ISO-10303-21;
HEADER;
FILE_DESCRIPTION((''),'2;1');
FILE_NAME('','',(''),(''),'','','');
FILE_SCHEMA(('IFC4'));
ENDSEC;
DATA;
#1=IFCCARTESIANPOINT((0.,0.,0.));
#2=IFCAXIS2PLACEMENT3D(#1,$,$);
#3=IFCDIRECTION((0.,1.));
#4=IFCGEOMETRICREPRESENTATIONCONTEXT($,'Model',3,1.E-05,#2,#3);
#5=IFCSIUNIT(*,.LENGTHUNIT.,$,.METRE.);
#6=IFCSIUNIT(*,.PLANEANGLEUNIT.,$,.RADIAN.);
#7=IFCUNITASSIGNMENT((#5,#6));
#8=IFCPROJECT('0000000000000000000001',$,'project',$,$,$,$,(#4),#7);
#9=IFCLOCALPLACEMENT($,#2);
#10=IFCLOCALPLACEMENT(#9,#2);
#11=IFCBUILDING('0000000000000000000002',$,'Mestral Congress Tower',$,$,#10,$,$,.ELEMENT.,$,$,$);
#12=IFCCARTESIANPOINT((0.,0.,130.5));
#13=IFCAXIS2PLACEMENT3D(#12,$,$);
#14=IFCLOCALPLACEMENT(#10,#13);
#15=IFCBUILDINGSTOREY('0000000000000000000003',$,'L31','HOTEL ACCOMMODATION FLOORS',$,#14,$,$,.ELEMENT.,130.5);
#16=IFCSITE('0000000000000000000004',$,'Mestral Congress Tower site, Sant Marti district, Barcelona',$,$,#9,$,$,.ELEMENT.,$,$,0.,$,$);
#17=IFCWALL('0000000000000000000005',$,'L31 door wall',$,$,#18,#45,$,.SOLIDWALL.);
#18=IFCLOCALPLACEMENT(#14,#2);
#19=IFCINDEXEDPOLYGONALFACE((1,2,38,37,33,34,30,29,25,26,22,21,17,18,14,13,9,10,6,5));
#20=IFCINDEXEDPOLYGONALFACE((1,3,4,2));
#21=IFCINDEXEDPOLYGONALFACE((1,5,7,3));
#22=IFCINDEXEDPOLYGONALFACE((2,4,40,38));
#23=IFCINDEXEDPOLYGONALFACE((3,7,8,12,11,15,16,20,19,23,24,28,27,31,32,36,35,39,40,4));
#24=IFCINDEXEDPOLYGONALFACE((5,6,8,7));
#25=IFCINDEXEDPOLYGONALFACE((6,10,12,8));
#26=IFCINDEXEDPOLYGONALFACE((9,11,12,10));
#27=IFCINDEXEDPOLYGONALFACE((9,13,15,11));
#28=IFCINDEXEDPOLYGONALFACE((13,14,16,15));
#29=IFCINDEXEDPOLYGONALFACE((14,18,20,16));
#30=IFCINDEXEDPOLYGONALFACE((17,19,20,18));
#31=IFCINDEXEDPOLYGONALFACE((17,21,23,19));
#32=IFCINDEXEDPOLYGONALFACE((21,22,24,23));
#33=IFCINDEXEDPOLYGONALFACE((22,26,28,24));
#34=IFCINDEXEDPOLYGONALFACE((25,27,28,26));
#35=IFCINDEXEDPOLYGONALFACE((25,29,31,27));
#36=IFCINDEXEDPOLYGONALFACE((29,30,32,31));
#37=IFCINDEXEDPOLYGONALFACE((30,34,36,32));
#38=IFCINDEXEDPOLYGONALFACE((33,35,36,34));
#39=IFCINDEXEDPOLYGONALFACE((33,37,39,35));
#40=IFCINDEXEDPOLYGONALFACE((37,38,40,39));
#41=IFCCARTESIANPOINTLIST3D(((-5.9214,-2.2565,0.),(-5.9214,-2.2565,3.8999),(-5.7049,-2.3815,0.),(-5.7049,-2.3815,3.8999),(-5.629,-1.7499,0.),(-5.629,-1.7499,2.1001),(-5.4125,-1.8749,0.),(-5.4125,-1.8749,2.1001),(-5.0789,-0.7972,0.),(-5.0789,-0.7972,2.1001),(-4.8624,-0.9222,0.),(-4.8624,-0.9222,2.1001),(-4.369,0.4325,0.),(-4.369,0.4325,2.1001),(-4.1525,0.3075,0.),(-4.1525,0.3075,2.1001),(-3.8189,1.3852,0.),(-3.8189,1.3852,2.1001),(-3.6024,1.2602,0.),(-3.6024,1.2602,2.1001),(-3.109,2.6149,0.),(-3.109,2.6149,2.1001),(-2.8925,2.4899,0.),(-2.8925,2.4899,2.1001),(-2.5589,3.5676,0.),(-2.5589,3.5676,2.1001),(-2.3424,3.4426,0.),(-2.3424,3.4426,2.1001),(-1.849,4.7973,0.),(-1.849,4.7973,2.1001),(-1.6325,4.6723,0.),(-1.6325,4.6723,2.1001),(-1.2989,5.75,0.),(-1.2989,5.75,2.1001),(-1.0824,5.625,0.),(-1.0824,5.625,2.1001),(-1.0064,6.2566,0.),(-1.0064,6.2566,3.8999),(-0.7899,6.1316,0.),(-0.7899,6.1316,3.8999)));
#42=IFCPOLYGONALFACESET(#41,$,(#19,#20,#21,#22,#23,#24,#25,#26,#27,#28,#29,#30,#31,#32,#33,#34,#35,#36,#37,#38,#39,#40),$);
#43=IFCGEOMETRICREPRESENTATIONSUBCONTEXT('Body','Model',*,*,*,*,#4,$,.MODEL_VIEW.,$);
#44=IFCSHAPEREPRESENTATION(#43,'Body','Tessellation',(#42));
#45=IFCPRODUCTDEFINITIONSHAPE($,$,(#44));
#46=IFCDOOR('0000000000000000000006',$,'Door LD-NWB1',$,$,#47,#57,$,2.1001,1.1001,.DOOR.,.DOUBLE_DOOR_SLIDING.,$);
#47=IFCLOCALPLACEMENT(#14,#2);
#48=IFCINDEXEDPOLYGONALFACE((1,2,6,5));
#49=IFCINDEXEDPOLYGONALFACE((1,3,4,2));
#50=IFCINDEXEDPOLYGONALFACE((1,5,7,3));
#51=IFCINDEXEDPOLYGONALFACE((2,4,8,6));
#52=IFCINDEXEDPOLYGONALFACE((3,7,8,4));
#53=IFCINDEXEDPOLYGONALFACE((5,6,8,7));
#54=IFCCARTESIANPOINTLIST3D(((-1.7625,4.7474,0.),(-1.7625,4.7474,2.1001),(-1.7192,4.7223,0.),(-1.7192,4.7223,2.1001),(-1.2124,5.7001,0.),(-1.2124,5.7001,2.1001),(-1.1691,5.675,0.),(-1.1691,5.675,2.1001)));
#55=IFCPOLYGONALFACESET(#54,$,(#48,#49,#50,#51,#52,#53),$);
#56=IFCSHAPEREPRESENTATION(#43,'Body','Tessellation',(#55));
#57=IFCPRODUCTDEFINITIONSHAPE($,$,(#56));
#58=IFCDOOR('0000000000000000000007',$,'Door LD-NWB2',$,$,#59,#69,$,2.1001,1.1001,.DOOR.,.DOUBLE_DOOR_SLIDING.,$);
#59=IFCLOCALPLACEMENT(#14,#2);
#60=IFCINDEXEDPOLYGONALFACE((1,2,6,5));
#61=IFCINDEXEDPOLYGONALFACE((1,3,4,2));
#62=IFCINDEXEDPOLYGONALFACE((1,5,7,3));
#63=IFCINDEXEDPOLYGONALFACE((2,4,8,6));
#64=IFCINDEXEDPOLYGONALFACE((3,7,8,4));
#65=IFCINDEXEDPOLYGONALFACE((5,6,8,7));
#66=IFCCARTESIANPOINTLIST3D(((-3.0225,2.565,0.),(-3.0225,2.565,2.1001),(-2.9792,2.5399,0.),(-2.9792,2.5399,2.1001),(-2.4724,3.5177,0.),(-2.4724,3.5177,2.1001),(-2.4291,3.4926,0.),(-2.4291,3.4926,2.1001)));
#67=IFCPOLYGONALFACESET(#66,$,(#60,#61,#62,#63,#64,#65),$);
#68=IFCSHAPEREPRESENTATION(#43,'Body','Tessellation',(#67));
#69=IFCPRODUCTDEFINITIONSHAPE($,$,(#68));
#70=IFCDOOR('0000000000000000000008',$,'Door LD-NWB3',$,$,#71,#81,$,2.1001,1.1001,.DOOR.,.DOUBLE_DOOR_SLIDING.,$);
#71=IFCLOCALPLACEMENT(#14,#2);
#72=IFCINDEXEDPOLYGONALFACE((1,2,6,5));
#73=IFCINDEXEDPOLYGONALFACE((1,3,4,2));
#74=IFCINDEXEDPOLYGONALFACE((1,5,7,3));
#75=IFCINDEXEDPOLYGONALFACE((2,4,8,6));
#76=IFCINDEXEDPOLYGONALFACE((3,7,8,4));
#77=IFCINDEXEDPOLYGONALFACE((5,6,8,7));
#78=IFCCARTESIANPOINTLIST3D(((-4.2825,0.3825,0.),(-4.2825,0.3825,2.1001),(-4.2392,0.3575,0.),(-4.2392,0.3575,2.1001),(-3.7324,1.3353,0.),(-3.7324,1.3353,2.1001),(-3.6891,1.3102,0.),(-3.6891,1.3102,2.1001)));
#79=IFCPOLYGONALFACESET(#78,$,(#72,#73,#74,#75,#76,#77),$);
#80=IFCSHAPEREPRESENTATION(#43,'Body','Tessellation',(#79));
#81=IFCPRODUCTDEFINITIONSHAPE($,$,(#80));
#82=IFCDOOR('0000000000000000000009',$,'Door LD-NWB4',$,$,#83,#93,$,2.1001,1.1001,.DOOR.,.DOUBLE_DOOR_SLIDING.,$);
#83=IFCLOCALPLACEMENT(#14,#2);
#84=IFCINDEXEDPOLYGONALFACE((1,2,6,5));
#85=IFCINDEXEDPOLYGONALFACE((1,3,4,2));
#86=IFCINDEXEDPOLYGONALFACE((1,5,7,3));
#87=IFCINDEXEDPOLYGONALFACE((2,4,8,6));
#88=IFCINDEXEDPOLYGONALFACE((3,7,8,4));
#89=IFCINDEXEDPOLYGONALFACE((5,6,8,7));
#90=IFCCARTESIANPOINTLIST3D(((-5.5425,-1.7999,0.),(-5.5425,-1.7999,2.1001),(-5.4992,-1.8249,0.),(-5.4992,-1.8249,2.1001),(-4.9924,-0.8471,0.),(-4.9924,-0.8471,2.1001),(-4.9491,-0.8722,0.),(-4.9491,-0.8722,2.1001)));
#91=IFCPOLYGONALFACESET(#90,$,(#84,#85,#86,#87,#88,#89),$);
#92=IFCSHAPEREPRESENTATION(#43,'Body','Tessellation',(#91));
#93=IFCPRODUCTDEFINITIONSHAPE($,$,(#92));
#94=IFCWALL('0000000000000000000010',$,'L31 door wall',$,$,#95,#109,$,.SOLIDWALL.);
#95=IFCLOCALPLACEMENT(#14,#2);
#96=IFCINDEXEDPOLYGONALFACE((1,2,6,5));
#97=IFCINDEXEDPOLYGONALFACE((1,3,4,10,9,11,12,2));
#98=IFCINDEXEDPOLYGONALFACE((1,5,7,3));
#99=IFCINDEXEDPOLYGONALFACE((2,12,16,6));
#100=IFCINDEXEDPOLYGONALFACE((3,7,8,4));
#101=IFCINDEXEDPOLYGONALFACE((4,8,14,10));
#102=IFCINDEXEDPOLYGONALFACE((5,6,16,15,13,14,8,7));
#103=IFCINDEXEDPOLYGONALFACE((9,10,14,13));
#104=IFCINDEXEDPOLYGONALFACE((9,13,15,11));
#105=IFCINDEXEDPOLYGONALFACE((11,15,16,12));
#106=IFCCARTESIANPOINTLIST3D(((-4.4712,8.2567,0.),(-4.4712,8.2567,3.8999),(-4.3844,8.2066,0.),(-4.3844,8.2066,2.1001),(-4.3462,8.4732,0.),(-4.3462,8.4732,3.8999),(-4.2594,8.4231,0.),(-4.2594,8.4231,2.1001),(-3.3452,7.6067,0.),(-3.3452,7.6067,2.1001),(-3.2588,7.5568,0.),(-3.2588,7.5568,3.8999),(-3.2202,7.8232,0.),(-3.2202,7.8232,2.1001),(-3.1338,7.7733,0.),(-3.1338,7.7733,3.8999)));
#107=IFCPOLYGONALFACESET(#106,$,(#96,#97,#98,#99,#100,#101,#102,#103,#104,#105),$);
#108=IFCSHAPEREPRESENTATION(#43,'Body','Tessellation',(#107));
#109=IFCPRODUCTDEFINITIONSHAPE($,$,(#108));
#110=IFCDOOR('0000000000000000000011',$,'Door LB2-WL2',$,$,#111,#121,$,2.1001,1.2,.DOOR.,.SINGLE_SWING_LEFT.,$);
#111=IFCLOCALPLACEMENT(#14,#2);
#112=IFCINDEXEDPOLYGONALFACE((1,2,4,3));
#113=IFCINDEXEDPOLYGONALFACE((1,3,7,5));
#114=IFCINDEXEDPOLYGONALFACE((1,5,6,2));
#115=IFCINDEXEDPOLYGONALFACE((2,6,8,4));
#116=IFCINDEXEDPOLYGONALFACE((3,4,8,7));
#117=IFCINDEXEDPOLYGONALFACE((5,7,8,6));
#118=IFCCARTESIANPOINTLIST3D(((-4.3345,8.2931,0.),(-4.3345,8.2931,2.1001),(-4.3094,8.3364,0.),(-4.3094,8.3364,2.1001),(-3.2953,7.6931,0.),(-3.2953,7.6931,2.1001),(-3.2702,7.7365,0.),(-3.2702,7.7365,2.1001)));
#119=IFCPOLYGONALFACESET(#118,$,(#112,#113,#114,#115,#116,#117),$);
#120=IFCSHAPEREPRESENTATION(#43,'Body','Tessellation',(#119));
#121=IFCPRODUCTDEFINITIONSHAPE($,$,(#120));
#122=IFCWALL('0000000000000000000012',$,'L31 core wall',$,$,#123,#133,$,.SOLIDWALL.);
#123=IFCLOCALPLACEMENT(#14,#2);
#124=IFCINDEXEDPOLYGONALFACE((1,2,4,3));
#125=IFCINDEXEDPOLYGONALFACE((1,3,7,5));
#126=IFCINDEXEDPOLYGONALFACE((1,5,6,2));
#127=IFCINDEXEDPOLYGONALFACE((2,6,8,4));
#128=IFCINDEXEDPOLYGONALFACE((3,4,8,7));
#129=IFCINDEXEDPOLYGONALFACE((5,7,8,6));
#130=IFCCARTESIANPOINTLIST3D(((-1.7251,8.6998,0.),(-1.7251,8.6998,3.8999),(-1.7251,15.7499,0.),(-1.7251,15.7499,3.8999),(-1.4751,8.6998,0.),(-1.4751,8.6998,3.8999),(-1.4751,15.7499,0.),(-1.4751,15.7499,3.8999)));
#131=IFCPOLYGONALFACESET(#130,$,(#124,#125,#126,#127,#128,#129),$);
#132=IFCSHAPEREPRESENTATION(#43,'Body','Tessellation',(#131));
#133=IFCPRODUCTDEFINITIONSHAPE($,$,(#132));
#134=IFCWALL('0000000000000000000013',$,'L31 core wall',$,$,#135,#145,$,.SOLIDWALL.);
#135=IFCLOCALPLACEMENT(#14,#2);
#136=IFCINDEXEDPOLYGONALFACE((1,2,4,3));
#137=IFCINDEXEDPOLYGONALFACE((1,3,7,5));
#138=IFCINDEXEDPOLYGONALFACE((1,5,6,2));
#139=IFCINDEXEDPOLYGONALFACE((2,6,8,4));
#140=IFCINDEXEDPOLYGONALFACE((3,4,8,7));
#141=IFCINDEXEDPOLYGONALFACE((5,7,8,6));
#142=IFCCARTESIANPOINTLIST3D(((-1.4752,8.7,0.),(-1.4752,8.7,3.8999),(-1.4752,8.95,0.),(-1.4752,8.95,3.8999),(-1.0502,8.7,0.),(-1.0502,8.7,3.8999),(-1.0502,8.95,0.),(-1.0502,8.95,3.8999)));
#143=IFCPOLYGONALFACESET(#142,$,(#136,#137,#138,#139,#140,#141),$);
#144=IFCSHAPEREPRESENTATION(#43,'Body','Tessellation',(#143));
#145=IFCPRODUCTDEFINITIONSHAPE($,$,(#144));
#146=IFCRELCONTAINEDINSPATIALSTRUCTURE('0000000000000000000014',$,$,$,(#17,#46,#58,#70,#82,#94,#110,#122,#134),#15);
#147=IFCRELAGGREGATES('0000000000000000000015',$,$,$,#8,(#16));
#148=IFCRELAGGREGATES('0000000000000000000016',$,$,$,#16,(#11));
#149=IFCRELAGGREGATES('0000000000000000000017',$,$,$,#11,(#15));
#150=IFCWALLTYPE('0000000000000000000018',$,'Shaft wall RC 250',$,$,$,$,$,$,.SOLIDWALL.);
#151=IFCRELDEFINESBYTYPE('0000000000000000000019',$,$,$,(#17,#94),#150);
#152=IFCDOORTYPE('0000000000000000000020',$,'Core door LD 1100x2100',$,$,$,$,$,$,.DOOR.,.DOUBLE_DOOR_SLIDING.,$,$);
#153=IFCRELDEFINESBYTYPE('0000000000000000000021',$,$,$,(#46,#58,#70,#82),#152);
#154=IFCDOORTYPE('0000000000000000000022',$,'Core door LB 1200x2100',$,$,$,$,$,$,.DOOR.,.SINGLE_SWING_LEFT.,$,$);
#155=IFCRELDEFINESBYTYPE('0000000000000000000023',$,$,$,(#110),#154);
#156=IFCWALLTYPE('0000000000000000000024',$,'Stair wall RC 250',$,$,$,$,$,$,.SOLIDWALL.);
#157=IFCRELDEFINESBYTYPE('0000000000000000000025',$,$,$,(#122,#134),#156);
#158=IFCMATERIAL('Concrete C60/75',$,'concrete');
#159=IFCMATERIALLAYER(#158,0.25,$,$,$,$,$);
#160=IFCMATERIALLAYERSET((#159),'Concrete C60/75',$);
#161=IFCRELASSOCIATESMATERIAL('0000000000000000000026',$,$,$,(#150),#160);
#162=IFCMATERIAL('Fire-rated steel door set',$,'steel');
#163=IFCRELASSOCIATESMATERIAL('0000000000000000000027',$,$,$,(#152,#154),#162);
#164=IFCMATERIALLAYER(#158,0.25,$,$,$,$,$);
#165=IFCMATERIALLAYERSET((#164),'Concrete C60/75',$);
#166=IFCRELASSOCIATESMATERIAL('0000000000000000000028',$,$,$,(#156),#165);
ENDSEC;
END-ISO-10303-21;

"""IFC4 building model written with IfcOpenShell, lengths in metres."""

from ifc_helpers import new_model, si_unit, direction, frame, frame_2d, origin, place, context, subcontext, project, spatial, rectangle, extrude, material, layer, layer_set, type_object, element, fill, save


model = new_model("IFC4")

# Units and contexts
model_context = context("Model", 3, precision=1e-05, world=origin(), true_north=direction((0.0, 1.0)))
body_context = subcontext(model_context, "Body", "Model", "MODEL_VIEW")
ifc_project = project(units=[si_unit("LENGTHUNIT", "METRE"), si_unit("PLANEANGLEUNIT", "RADIAN")], contexts=[model_context])

# Site, building, storey
site_placement = place(None, origin())
site = spatial("IfcSite", under=ifc_project, at=site_placement, Name="Mestral Congress Tower site, Sant Marti district, Barcelona", CompositionType="ELEMENT", RefElevation=0.0)
building_placement = place(site_placement, origin())
building = spatial("IfcBuilding", under=site, at=building_placement, Name="Mestral Congress Tower", CompositionType="ELEMENT")
storey_placement = place(building_placement, frame((0.0, 0.0, 130.5)))
storey = spatial("IfcBuildingStorey", under=building, at=storey_placement, Name="L31", Description="HOTEL ACCOMMODATION FLOORS", CompositionType="ELEMENT", Elevation=130.5)

# Shared definitions
ifc_material_1 = material(Name="Fire-rated steel door set", Category="steel")

# Shared definitions
ifc_material_2 = material(Name="Concrete C60/75", Category="concrete")
ifc_layer_1 = layer(ifc_material_2, 0.25)
ifc_layer_set_1 = layer_set([ifc_layer_1], Name="Concrete C60/75")
wall_type_1 = type_object("IfcWallType", Name="Shaft wall RC 250", PredefinedType="SOLIDWALL", material=ifc_layer_set_1)

# Wall, openings, doors
wall_1_placement = place(storey_placement, frame((-0.8982, 6.1941, 0.0), z_axis=(0.0, 0.0, 1.0), x_axis=(-0.499996, -0.866028, 0.0)))
wall_1 = element("IfcWall", 1, at=wall_1_placement, inside=storey, type_object=wall_type_1, Name="L31 door wall", PredefinedType="SOLIDWALL", context=body_context, shape_type="SweptSolid", body=[
    extrude(rectangle(XDim=9.8301, YDim=0.25, at=frame_2d((4.915, 0.0))), origin(), (0.0, 0.0, 1.0), 3.8999),
])
opening_1_placement = place(wall_1_placement, frame((0.585, 0.0, 0.0)))
opening_1 = element("IfcOpeningElement", 2, at=opening_1_placement, cuts=wall_1, PredefinedType="OPENING", context=body_context, shape_type="SweptSolid", body=[
    extrude(rectangle(XDim=1.1001, YDim=2.1001, at=frame_2d((0.55, 1.05))), frame((0.0, 0.135, 0.0), z_axis=(0.0, -1.0, 0.0), x_axis=(1.0, 0.0, 0.0)), (0.0, 0.0, 1.0), 0.27),
])
opening_2_placement = place(wall_1_placement, frame((3.105, 0.0, 0.0)))
opening_2 = element("IfcOpeningElement", 3, at=opening_2_placement, cuts=wall_1, PredefinedType="OPENING", context=body_context, shape_type="SweptSolid", body=[
    extrude(rectangle(XDim=1.1001, YDim=2.1001, at=frame_2d((0.55, 1.05))), frame((0.0, 0.135, 0.0), z_axis=(0.0, -1.0, 0.0), x_axis=(1.0, 0.0, 0.0)), (0.0, 0.0, 1.0), 0.27),
])
opening_3_placement = place(wall_1_placement, frame((5.625, 0.0, 0.0)))
opening_3 = element("IfcOpeningElement", 4, at=opening_3_placement, cuts=wall_1, PredefinedType="OPENING", context=body_context, shape_type="SweptSolid", body=[
    extrude(rectangle(XDim=1.1001, YDim=2.1001, at=frame_2d((0.55, 1.05))), frame((0.0, 0.135, 0.0), z_axis=(0.0, -1.0, 0.0), x_axis=(1.0, 0.0, 0.0)), (0.0, 0.0, 1.0), 0.27),
])
opening_4_placement = place(wall_1_placement, frame((8.145, 0.0, 0.0)))
opening_4 = element("IfcOpeningElement", 5, at=opening_4_placement, cuts=wall_1, PredefinedType="OPENING", context=body_context, shape_type="SweptSolid", body=[
    extrude(rectangle(XDim=1.1001, YDim=2.1001, at=frame_2d((0.55, 1.05))), frame((0.0, 0.135, 0.0), z_axis=(0.0, -1.0, 0.0), x_axis=(1.0, 0.0, 0.0)), (0.0, 0.0, 1.0), 0.27),
])
door_type_1 = type_object("IfcDoorType", Name="Core door LD 1100x2100", OperationType="DOUBLE_DOOR_SLIDING", PredefinedType="DOOR", material=ifc_material_1)
door_1_placement = place(opening_1_placement, origin())
door_1 = element("IfcDoor", 6, at=door_1_placement, inside=storey, type_object=door_type_1, Name="Door LD-NWB1", OperationType="DOUBLE_DOOR_SLIDING", OverallHeight=2.1001, OverallWidth=1.1001, PredefinedType="DOOR", context=body_context, shape_type="SweptSolid", body=[
    extrude(rectangle(XDim=1.1001, YDim=2.1001, at=frame_2d((0.55, 1.05))), frame((0.0, 0.0249, 0.0), z_axis=(0.0, -1.0, 0.0), x_axis=(1.0, 0.0, 0.0)), (0.0, 0.0, 1.0), 0.05),
])
fill(opening_1, door_1)
door_2_placement = place(opening_2_placement, origin())
door_2 = element("IfcDoor", 7, at=door_2_placement, inside=storey, type_object=door_type_1, Name="Door LD-NWB2", OperationType="DOUBLE_DOOR_SLIDING", OverallHeight=2.1001, OverallWidth=1.1001, PredefinedType="DOOR", context=body_context, shape_type="SweptSolid", body=[
    extrude(rectangle(XDim=1.1001, YDim=2.1001, at=frame_2d((0.55, 1.05))), frame((0.0, 0.0249, 0.0), z_axis=(0.0, -1.0, 0.0), x_axis=(1.0, 0.0, 0.0)), (0.0, 0.0, 1.0), 0.05),
])
fill(opening_2, door_2)
door_3_placement = place(opening_3_placement, origin())
door_3 = element("IfcDoor", 8, at=door_3_placement, inside=storey, type_object=door_type_1, Name="Door LD-NWB3", OperationType="DOUBLE_DOOR_SLIDING", OverallHeight=2.1001, OverallWidth=1.1001, PredefinedType="DOOR", context=body_context, shape_type="SweptSolid", body=[
    extrude(rectangle(XDim=1.1001, YDim=2.1001, at=frame_2d((0.55, 1.05))), frame((0.0, 0.0249, 0.0), z_axis=(0.0, -1.0, 0.0), x_axis=(1.0, 0.0, 0.0)), (0.0, 0.0, 1.0), 0.05),
])
fill(opening_3, door_3)
door_4_placement = place(opening_4_placement, origin())
door_4 = element("IfcDoor", 9, at=door_4_placement, inside=storey, type_object=door_type_1, Name="Door LD-NWB4", OperationType="DOUBLE_DOOR_SLIDING", OverallHeight=2.1001, OverallWidth=1.1001, PredefinedType="DOOR", context=body_context, shape_type="SweptSolid", body=[
    extrude(rectangle(XDim=1.1001, YDim=2.1001, at=frame_2d((0.55, 1.05))), frame((0.0, 0.0249, 0.0), z_axis=(0.0, -1.0, 0.0), x_axis=(1.0, 0.0, 0.0)), (0.0, 0.0, 1.0), 0.05),
])
fill(opening_4, door_4)

# Wall, opening, door
wall_2_placement = place(storey_placement, frame((-4.4087, 8.365, 0.0), z_axis=(0.0, 0.0, 1.0), x_axis=(0.866035, -0.499984, 0.0)))
wall_2 = element("IfcWall", 10, at=wall_2_placement, inside=storey, type_object=wall_type_1, Name="L31 door wall", PredefinedType="SOLIDWALL", context=body_context, shape_type="SweptSolid", body=[
    extrude(rectangle(XDim=1.3999, YDim=0.25, at=frame_2d((0.7, 0.0))), origin(), (0.0, 0.0, 1.0), 3.8999),
])
opening_5_placement = place(wall_2_placement, frame((0.1001, 0.0, 0.0)))
opening_5 = element("IfcOpeningElement", 11, at=opening_5_placement, cuts=wall_2, PredefinedType="OPENING", context=body_context, shape_type="SweptSolid", body=[
    extrude(rectangle(XDim=1.2, YDim=2.1001, at=frame_2d((0.6001, 1.05))), frame((0.0, 0.135, 0.0), z_axis=(0.0, -1.0, 0.0), x_axis=(1.0, 0.0, 0.0)), (0.0, 0.0, 1.0), 0.27),
])
door_type_2 = type_object("IfcDoorType", Name="Core door LB 1200x2100", OperationType="SINGLE_SWING_LEFT", PredefinedType="DOOR", material=ifc_material_1)
door_5_placement = place(opening_5_placement, origin())
door_5 = element("IfcDoor", 12, at=door_5_placement, inside=storey, type_object=door_type_2, Name="Door LB2-WL2", OperationType="SINGLE_SWING_LEFT", OverallHeight=2.1001, OverallWidth=1.2, PredefinedType="DOOR", context=body_context, shape_type="SweptSolid", body=[
    extrude(rectangle(XDim=1.2, YDim=2.1001, at=frame_2d((0.6001, 1.05))), frame((0.0, 0.0249, 0.0), z_axis=(0.0, -1.0, 0.0), x_axis=(1.0, 0.0, 0.0)), (0.0, 0.0, 1.0), 0.05),
])
fill(opening_5, door_5)

# Walls
ifc_layer_2 = layer(ifc_material_2, 0.25)
ifc_layer_set_2 = layer_set([ifc_layer_2], Name="Concrete C60/75")
wall_type_2 = type_object("IfcWallType", Name="Stair wall RC 250", PredefinedType="SOLIDWALL", material=ifc_layer_set_2)
wall_3_placement = place(storey_placement, frame((-1.6001, 8.7, 0.0), z_axis=(0.0, 0.0, 1.0), x_axis=(0.0, 1.0, 0.0)))
element("IfcWall", 13, at=wall_3_placement, inside=storey, type_object=wall_type_2, Name="L31 core wall", PredefinedType="SOLIDWALL", context=body_context, shape_type="SweptSolid", body=[
    extrude(rectangle(XDim=7.05, YDim=0.25, at=frame_2d((3.5249, 0.0))), origin(), (0.0, 0.0, 1.0), 3.8999),
])
wall_4_placement = place(storey_placement, frame((-1.4751, 8.825, 0.0), z_axis=(0.0, 0.0, 1.0), x_axis=(1.0, 0.0, 0.0)))
element("IfcWall", 14, at=wall_4_placement, inside=storey, type_object=wall_type_2, Name="L31 core wall", PredefinedType="SOLIDWALL", context=body_context, shape_type="SweptSolid", body=[
    extrude(rectangle(XDim=0.425, YDim=0.25, at=frame_2d((0.2124, 0.0))), origin(), (0.0, 0.0, 1.0), 3.8999),
])

save(model, "model.ifc")
